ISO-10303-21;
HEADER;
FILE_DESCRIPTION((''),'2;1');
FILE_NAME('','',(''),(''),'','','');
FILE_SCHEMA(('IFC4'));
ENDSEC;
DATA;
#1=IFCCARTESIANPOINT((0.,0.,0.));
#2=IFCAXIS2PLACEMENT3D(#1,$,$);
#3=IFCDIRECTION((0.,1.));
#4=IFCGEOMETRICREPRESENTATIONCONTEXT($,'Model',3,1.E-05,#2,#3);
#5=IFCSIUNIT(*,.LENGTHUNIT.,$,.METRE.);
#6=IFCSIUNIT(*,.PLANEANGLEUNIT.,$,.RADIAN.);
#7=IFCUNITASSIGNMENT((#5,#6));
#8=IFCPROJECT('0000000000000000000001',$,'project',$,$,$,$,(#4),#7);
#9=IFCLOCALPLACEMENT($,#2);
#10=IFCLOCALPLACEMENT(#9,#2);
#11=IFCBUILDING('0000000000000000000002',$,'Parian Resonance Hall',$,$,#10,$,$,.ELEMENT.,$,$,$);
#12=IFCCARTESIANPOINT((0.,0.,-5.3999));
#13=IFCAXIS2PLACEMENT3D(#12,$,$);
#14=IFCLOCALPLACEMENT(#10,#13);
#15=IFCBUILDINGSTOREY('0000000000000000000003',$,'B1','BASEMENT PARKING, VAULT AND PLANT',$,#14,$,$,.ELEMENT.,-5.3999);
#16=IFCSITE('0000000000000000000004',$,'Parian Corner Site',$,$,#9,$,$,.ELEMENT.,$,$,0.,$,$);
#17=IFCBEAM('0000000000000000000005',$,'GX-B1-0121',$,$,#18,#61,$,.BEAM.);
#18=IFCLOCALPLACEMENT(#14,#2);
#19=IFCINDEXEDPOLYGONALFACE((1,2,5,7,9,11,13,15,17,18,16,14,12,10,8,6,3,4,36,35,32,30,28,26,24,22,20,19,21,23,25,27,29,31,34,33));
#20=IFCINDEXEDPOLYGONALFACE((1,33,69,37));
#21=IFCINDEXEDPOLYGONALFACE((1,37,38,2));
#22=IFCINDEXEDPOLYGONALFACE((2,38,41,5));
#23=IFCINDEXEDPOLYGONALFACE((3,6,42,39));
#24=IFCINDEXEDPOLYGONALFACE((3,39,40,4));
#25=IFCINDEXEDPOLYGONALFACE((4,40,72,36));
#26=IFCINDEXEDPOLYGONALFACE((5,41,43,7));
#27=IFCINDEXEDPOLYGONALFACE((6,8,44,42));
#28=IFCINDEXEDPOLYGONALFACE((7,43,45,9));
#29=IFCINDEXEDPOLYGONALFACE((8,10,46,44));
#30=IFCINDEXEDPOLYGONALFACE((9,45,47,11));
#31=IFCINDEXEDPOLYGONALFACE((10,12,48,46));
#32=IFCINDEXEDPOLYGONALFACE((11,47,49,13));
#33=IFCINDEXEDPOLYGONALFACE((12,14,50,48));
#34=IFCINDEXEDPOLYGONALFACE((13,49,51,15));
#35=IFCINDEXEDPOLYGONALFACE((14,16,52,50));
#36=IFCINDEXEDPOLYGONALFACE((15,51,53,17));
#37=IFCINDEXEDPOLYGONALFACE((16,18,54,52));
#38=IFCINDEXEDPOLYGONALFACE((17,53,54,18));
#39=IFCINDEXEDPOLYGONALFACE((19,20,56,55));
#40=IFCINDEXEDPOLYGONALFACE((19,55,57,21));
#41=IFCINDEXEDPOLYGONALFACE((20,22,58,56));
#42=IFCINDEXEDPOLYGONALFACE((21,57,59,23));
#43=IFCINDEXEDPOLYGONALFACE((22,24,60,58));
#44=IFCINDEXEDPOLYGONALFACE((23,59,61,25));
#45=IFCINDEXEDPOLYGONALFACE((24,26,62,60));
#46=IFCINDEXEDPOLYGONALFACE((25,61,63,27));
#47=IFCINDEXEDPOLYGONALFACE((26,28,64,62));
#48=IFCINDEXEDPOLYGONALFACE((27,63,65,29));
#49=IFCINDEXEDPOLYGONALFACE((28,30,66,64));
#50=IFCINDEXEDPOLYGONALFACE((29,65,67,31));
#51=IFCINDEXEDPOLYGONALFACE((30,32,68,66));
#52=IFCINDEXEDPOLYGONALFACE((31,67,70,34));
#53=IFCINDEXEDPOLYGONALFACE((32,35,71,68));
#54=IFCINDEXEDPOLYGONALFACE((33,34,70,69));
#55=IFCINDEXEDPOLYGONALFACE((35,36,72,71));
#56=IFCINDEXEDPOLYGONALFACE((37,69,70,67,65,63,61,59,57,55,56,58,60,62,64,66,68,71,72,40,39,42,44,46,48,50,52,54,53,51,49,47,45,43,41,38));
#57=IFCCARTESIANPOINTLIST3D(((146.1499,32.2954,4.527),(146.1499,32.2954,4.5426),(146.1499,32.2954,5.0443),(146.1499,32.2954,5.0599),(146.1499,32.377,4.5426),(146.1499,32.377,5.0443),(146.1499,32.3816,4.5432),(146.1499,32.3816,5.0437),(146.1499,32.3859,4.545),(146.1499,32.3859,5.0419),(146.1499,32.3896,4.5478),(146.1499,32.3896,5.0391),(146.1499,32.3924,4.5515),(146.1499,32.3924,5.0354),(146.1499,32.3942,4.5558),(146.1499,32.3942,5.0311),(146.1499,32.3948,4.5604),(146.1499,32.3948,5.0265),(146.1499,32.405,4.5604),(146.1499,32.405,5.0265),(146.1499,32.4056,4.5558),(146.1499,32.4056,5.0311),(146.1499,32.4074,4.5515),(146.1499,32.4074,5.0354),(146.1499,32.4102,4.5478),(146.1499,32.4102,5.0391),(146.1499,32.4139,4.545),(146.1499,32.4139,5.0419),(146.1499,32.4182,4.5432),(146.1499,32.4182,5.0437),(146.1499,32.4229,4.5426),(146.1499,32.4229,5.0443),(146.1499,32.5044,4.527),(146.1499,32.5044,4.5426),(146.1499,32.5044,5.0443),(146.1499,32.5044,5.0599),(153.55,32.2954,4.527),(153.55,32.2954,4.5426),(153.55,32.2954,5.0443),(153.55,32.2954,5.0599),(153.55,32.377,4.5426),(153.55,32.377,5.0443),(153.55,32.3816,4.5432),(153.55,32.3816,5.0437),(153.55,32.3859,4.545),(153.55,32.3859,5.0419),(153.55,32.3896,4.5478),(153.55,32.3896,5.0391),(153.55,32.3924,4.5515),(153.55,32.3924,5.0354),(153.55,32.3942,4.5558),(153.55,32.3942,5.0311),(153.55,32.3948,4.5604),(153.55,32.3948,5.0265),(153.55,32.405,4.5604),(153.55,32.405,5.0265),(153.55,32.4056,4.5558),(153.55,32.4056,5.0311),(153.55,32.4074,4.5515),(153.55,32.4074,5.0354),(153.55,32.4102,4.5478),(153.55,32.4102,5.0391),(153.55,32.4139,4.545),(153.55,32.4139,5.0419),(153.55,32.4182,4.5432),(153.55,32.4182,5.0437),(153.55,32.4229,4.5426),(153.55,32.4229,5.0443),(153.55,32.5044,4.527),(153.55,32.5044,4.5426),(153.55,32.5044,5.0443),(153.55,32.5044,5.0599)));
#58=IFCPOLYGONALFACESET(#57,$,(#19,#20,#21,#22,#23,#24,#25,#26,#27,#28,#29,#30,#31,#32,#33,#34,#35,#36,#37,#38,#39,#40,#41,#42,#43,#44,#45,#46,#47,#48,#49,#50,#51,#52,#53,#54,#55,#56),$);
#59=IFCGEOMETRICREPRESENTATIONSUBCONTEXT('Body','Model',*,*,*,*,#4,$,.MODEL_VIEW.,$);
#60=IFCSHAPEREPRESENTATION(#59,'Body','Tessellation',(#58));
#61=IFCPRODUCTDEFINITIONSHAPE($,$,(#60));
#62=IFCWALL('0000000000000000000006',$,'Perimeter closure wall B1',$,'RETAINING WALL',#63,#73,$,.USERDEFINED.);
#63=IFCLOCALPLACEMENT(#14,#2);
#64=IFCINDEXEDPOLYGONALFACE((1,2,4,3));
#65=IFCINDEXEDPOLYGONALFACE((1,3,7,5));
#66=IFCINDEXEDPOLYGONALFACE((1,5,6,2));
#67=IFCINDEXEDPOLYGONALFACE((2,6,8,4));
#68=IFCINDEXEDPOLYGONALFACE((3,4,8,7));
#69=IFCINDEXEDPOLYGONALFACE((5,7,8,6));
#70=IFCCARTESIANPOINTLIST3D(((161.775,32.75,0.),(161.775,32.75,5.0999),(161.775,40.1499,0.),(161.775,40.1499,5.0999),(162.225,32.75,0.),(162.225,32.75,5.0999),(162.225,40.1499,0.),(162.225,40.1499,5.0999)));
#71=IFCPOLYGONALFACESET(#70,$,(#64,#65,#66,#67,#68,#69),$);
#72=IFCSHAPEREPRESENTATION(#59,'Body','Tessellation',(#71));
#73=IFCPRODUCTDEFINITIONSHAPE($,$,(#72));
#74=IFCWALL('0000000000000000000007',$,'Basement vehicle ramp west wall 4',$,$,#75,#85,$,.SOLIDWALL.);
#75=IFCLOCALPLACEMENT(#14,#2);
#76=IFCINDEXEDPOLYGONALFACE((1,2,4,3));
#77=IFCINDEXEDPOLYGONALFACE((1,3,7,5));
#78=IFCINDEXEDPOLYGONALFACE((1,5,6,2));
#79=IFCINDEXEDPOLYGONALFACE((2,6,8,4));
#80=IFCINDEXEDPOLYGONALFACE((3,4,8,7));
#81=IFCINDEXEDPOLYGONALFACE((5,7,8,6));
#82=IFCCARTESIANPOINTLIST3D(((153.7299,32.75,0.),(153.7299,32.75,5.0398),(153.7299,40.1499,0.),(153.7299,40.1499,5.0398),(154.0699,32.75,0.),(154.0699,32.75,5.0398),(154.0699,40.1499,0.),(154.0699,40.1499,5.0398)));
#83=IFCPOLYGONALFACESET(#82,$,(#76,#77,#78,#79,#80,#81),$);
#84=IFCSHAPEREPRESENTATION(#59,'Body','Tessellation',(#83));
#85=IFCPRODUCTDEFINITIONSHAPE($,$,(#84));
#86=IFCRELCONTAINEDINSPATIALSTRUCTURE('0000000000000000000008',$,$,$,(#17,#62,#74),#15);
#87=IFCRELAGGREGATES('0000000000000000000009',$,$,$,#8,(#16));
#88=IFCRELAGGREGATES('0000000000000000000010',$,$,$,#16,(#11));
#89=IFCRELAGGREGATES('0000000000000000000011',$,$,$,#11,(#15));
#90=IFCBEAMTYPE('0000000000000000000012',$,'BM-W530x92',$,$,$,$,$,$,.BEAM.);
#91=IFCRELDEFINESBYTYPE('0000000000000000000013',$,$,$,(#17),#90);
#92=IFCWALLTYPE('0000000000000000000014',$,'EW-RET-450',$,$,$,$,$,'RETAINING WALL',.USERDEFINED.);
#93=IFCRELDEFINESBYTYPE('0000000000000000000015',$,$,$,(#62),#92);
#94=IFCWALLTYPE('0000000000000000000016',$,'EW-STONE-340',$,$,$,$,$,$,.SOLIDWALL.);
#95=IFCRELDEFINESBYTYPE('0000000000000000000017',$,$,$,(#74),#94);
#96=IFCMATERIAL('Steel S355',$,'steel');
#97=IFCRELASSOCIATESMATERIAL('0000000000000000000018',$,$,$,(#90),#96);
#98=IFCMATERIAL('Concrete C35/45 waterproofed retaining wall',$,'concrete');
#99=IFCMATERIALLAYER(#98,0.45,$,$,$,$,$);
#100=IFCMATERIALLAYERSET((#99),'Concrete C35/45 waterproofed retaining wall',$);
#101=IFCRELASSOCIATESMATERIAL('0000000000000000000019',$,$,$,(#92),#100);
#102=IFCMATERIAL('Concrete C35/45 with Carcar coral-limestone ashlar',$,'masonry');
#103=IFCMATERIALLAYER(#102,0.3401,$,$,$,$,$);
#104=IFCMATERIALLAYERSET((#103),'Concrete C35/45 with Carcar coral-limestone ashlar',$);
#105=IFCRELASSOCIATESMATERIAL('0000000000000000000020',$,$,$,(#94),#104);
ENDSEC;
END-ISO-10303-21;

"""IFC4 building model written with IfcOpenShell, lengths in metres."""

from ifc_helpers import new_model, si_unit, direction, frame, frame_2d, origin, origin_2d, place, context, subcontext, project, spatial, rectangle, i_section, extrude, material, layer, layer_set, material_profile, profile_set, type_object, element, save


model = new_model("IFC4")

# Units and contexts
model_context = context("Model", 3, precision=1e-05, world=origin(), true_north=direction((0.0, 1.0)))
body_context = subcontext(model_context, "Body", "Model", "MODEL_VIEW")
ifc_project = project(units=[si_unit("LENGTHUNIT", "METRE"), si_unit("PLANEANGLEUNIT", "RADIAN")], contexts=[model_context])

# Site, building, storey
site_placement = place(None, origin())
site = spatial("IfcSite", under=ifc_project, at=site_placement, Name="Parian Corner Site", CompositionType="ELEMENT", RefElevation=0.0)
building_placement = place(site_placement, origin())
building = spatial("IfcBuilding", under=site, at=building_placement, Name="Parian Resonance Hall", CompositionType="ELEMENT")
storey_placement = place(building_placement, frame((0.0, 0.0, -5.3999)))
storey = spatial("IfcBuildingStorey", under=building, at=storey_placement, Name="B1", Description="BASEMENT PARKING, VAULT AND PLANT", CompositionType="ELEMENT", Elevation=-5.3999)

# Beam
ifc_material_1 = material(Name="Steel S355", Category="steel")
ifc_material_profile_1 = material_profile(ifc_material_1, i_section(OverallWidth=0.209, OverallDepth=0.533, WebThickness=0.0103, FlangeThickness=0.0156, FilletRadius=0.0178, at=origin_2d()), Name="W530x92")
ifc_profile_set_1 = profile_set([ifc_material_profile_1], Name="Steel S355")
beam_type_1 = type_object("IfcBeamType", Name="BM-W530x92", PredefinedType="BEAM", material=ifc_profile_set_1)
beam_1_placement = place(storey_placement, frame((146.1499, 32.3999, 4.7935), z_axis=(1.0, 0.0, 0.0), x_axis=(0.0, 1.0, 0.0)))
element("IfcBeam", 1, at=beam_1_placement, inside=storey, type_object=beam_type_1, Name="GX-B1-0121", PredefinedType="BEAM", context=body_context, shape_type="SweptSolid", body=[
    extrude(i_section(OverallWidth=0.209, OverallDepth=0.533, WebThickness=0.0103, FlangeThickness=0.0156, FilletRadius=0.0178, at=origin_2d()), origin(), (0.0, 0.0, 1.0), 7.4001),
])

# Walls
ifc_material_2 = material(Name="Concrete C35/45 waterproofed retaining wall", Category="concrete")
ifc_layer_1 = layer(ifc_material_2, 0.45)
ifc_layer_set_1 = layer_set([ifc_layer_1], Name="Concrete C35/45 waterproofed retaining wall")
wall_type_1 = type_object("IfcWallType", Name="EW-RET-450", ElementType="RETAINING WALL", PredefinedType="USERDEFINED", material=ifc_layer_set_1)
wall_1_placement = place(storey_placement, frame((162.0, 32.75, 0.0), z_axis=(0.0, 0.0, 1.0), x_axis=(0.0, 1.0, 0.0)))
element("IfcWall", 2, at=wall_1_placement, inside=storey, type_object=wall_type_1, Name="Perimeter closure wall B1", ObjectType="RETAINING WALL", PredefinedType="USERDEFINED", context=body_context, shape_type="SweptSolid", body=[
    extrude(rectangle(XDim=7.3999, YDim=0.45, at=frame_2d((3.7, 0.0))), origin(), (0.0, 0.0, 1.0), 5.0999),
])
ifc_material_3 = material(Name="Concrete C35/45 with Carcar coral-limestone ashlar", Category="masonry")
ifc_layer_2 = layer(ifc_material_3, 0.3401)
ifc_layer_set_2 = layer_set([ifc_layer_2], Name="Concrete C35/45 with Carcar coral-limestone ashlar")
wall_type_2 = type_object("IfcWallType", Name="EW-STONE-340", PredefinedType="SOLIDWALL", material=ifc_layer_set_2)
wall_2_placement = place(storey_placement, frame((153.8999, 32.75, 0.0), z_axis=(0.0, 0.0, 1.0), x_axis=(0.0, 1.0, 0.0)))
element("IfcWall", 3, at=wall_2_placement, inside=storey, type_object=wall_type_2, Name="Basement vehicle ramp west wall 4", PredefinedType="SOLIDWALL", context=body_context, shape_type="SweptSolid", body=[
    extrude(rectangle(XDim=7.3999, YDim=0.3401, at=frame_2d((3.7, 0.0))), origin(), (0.0, 0.0, 1.0), 5.0398),
])

save(model, "model.ifc")
